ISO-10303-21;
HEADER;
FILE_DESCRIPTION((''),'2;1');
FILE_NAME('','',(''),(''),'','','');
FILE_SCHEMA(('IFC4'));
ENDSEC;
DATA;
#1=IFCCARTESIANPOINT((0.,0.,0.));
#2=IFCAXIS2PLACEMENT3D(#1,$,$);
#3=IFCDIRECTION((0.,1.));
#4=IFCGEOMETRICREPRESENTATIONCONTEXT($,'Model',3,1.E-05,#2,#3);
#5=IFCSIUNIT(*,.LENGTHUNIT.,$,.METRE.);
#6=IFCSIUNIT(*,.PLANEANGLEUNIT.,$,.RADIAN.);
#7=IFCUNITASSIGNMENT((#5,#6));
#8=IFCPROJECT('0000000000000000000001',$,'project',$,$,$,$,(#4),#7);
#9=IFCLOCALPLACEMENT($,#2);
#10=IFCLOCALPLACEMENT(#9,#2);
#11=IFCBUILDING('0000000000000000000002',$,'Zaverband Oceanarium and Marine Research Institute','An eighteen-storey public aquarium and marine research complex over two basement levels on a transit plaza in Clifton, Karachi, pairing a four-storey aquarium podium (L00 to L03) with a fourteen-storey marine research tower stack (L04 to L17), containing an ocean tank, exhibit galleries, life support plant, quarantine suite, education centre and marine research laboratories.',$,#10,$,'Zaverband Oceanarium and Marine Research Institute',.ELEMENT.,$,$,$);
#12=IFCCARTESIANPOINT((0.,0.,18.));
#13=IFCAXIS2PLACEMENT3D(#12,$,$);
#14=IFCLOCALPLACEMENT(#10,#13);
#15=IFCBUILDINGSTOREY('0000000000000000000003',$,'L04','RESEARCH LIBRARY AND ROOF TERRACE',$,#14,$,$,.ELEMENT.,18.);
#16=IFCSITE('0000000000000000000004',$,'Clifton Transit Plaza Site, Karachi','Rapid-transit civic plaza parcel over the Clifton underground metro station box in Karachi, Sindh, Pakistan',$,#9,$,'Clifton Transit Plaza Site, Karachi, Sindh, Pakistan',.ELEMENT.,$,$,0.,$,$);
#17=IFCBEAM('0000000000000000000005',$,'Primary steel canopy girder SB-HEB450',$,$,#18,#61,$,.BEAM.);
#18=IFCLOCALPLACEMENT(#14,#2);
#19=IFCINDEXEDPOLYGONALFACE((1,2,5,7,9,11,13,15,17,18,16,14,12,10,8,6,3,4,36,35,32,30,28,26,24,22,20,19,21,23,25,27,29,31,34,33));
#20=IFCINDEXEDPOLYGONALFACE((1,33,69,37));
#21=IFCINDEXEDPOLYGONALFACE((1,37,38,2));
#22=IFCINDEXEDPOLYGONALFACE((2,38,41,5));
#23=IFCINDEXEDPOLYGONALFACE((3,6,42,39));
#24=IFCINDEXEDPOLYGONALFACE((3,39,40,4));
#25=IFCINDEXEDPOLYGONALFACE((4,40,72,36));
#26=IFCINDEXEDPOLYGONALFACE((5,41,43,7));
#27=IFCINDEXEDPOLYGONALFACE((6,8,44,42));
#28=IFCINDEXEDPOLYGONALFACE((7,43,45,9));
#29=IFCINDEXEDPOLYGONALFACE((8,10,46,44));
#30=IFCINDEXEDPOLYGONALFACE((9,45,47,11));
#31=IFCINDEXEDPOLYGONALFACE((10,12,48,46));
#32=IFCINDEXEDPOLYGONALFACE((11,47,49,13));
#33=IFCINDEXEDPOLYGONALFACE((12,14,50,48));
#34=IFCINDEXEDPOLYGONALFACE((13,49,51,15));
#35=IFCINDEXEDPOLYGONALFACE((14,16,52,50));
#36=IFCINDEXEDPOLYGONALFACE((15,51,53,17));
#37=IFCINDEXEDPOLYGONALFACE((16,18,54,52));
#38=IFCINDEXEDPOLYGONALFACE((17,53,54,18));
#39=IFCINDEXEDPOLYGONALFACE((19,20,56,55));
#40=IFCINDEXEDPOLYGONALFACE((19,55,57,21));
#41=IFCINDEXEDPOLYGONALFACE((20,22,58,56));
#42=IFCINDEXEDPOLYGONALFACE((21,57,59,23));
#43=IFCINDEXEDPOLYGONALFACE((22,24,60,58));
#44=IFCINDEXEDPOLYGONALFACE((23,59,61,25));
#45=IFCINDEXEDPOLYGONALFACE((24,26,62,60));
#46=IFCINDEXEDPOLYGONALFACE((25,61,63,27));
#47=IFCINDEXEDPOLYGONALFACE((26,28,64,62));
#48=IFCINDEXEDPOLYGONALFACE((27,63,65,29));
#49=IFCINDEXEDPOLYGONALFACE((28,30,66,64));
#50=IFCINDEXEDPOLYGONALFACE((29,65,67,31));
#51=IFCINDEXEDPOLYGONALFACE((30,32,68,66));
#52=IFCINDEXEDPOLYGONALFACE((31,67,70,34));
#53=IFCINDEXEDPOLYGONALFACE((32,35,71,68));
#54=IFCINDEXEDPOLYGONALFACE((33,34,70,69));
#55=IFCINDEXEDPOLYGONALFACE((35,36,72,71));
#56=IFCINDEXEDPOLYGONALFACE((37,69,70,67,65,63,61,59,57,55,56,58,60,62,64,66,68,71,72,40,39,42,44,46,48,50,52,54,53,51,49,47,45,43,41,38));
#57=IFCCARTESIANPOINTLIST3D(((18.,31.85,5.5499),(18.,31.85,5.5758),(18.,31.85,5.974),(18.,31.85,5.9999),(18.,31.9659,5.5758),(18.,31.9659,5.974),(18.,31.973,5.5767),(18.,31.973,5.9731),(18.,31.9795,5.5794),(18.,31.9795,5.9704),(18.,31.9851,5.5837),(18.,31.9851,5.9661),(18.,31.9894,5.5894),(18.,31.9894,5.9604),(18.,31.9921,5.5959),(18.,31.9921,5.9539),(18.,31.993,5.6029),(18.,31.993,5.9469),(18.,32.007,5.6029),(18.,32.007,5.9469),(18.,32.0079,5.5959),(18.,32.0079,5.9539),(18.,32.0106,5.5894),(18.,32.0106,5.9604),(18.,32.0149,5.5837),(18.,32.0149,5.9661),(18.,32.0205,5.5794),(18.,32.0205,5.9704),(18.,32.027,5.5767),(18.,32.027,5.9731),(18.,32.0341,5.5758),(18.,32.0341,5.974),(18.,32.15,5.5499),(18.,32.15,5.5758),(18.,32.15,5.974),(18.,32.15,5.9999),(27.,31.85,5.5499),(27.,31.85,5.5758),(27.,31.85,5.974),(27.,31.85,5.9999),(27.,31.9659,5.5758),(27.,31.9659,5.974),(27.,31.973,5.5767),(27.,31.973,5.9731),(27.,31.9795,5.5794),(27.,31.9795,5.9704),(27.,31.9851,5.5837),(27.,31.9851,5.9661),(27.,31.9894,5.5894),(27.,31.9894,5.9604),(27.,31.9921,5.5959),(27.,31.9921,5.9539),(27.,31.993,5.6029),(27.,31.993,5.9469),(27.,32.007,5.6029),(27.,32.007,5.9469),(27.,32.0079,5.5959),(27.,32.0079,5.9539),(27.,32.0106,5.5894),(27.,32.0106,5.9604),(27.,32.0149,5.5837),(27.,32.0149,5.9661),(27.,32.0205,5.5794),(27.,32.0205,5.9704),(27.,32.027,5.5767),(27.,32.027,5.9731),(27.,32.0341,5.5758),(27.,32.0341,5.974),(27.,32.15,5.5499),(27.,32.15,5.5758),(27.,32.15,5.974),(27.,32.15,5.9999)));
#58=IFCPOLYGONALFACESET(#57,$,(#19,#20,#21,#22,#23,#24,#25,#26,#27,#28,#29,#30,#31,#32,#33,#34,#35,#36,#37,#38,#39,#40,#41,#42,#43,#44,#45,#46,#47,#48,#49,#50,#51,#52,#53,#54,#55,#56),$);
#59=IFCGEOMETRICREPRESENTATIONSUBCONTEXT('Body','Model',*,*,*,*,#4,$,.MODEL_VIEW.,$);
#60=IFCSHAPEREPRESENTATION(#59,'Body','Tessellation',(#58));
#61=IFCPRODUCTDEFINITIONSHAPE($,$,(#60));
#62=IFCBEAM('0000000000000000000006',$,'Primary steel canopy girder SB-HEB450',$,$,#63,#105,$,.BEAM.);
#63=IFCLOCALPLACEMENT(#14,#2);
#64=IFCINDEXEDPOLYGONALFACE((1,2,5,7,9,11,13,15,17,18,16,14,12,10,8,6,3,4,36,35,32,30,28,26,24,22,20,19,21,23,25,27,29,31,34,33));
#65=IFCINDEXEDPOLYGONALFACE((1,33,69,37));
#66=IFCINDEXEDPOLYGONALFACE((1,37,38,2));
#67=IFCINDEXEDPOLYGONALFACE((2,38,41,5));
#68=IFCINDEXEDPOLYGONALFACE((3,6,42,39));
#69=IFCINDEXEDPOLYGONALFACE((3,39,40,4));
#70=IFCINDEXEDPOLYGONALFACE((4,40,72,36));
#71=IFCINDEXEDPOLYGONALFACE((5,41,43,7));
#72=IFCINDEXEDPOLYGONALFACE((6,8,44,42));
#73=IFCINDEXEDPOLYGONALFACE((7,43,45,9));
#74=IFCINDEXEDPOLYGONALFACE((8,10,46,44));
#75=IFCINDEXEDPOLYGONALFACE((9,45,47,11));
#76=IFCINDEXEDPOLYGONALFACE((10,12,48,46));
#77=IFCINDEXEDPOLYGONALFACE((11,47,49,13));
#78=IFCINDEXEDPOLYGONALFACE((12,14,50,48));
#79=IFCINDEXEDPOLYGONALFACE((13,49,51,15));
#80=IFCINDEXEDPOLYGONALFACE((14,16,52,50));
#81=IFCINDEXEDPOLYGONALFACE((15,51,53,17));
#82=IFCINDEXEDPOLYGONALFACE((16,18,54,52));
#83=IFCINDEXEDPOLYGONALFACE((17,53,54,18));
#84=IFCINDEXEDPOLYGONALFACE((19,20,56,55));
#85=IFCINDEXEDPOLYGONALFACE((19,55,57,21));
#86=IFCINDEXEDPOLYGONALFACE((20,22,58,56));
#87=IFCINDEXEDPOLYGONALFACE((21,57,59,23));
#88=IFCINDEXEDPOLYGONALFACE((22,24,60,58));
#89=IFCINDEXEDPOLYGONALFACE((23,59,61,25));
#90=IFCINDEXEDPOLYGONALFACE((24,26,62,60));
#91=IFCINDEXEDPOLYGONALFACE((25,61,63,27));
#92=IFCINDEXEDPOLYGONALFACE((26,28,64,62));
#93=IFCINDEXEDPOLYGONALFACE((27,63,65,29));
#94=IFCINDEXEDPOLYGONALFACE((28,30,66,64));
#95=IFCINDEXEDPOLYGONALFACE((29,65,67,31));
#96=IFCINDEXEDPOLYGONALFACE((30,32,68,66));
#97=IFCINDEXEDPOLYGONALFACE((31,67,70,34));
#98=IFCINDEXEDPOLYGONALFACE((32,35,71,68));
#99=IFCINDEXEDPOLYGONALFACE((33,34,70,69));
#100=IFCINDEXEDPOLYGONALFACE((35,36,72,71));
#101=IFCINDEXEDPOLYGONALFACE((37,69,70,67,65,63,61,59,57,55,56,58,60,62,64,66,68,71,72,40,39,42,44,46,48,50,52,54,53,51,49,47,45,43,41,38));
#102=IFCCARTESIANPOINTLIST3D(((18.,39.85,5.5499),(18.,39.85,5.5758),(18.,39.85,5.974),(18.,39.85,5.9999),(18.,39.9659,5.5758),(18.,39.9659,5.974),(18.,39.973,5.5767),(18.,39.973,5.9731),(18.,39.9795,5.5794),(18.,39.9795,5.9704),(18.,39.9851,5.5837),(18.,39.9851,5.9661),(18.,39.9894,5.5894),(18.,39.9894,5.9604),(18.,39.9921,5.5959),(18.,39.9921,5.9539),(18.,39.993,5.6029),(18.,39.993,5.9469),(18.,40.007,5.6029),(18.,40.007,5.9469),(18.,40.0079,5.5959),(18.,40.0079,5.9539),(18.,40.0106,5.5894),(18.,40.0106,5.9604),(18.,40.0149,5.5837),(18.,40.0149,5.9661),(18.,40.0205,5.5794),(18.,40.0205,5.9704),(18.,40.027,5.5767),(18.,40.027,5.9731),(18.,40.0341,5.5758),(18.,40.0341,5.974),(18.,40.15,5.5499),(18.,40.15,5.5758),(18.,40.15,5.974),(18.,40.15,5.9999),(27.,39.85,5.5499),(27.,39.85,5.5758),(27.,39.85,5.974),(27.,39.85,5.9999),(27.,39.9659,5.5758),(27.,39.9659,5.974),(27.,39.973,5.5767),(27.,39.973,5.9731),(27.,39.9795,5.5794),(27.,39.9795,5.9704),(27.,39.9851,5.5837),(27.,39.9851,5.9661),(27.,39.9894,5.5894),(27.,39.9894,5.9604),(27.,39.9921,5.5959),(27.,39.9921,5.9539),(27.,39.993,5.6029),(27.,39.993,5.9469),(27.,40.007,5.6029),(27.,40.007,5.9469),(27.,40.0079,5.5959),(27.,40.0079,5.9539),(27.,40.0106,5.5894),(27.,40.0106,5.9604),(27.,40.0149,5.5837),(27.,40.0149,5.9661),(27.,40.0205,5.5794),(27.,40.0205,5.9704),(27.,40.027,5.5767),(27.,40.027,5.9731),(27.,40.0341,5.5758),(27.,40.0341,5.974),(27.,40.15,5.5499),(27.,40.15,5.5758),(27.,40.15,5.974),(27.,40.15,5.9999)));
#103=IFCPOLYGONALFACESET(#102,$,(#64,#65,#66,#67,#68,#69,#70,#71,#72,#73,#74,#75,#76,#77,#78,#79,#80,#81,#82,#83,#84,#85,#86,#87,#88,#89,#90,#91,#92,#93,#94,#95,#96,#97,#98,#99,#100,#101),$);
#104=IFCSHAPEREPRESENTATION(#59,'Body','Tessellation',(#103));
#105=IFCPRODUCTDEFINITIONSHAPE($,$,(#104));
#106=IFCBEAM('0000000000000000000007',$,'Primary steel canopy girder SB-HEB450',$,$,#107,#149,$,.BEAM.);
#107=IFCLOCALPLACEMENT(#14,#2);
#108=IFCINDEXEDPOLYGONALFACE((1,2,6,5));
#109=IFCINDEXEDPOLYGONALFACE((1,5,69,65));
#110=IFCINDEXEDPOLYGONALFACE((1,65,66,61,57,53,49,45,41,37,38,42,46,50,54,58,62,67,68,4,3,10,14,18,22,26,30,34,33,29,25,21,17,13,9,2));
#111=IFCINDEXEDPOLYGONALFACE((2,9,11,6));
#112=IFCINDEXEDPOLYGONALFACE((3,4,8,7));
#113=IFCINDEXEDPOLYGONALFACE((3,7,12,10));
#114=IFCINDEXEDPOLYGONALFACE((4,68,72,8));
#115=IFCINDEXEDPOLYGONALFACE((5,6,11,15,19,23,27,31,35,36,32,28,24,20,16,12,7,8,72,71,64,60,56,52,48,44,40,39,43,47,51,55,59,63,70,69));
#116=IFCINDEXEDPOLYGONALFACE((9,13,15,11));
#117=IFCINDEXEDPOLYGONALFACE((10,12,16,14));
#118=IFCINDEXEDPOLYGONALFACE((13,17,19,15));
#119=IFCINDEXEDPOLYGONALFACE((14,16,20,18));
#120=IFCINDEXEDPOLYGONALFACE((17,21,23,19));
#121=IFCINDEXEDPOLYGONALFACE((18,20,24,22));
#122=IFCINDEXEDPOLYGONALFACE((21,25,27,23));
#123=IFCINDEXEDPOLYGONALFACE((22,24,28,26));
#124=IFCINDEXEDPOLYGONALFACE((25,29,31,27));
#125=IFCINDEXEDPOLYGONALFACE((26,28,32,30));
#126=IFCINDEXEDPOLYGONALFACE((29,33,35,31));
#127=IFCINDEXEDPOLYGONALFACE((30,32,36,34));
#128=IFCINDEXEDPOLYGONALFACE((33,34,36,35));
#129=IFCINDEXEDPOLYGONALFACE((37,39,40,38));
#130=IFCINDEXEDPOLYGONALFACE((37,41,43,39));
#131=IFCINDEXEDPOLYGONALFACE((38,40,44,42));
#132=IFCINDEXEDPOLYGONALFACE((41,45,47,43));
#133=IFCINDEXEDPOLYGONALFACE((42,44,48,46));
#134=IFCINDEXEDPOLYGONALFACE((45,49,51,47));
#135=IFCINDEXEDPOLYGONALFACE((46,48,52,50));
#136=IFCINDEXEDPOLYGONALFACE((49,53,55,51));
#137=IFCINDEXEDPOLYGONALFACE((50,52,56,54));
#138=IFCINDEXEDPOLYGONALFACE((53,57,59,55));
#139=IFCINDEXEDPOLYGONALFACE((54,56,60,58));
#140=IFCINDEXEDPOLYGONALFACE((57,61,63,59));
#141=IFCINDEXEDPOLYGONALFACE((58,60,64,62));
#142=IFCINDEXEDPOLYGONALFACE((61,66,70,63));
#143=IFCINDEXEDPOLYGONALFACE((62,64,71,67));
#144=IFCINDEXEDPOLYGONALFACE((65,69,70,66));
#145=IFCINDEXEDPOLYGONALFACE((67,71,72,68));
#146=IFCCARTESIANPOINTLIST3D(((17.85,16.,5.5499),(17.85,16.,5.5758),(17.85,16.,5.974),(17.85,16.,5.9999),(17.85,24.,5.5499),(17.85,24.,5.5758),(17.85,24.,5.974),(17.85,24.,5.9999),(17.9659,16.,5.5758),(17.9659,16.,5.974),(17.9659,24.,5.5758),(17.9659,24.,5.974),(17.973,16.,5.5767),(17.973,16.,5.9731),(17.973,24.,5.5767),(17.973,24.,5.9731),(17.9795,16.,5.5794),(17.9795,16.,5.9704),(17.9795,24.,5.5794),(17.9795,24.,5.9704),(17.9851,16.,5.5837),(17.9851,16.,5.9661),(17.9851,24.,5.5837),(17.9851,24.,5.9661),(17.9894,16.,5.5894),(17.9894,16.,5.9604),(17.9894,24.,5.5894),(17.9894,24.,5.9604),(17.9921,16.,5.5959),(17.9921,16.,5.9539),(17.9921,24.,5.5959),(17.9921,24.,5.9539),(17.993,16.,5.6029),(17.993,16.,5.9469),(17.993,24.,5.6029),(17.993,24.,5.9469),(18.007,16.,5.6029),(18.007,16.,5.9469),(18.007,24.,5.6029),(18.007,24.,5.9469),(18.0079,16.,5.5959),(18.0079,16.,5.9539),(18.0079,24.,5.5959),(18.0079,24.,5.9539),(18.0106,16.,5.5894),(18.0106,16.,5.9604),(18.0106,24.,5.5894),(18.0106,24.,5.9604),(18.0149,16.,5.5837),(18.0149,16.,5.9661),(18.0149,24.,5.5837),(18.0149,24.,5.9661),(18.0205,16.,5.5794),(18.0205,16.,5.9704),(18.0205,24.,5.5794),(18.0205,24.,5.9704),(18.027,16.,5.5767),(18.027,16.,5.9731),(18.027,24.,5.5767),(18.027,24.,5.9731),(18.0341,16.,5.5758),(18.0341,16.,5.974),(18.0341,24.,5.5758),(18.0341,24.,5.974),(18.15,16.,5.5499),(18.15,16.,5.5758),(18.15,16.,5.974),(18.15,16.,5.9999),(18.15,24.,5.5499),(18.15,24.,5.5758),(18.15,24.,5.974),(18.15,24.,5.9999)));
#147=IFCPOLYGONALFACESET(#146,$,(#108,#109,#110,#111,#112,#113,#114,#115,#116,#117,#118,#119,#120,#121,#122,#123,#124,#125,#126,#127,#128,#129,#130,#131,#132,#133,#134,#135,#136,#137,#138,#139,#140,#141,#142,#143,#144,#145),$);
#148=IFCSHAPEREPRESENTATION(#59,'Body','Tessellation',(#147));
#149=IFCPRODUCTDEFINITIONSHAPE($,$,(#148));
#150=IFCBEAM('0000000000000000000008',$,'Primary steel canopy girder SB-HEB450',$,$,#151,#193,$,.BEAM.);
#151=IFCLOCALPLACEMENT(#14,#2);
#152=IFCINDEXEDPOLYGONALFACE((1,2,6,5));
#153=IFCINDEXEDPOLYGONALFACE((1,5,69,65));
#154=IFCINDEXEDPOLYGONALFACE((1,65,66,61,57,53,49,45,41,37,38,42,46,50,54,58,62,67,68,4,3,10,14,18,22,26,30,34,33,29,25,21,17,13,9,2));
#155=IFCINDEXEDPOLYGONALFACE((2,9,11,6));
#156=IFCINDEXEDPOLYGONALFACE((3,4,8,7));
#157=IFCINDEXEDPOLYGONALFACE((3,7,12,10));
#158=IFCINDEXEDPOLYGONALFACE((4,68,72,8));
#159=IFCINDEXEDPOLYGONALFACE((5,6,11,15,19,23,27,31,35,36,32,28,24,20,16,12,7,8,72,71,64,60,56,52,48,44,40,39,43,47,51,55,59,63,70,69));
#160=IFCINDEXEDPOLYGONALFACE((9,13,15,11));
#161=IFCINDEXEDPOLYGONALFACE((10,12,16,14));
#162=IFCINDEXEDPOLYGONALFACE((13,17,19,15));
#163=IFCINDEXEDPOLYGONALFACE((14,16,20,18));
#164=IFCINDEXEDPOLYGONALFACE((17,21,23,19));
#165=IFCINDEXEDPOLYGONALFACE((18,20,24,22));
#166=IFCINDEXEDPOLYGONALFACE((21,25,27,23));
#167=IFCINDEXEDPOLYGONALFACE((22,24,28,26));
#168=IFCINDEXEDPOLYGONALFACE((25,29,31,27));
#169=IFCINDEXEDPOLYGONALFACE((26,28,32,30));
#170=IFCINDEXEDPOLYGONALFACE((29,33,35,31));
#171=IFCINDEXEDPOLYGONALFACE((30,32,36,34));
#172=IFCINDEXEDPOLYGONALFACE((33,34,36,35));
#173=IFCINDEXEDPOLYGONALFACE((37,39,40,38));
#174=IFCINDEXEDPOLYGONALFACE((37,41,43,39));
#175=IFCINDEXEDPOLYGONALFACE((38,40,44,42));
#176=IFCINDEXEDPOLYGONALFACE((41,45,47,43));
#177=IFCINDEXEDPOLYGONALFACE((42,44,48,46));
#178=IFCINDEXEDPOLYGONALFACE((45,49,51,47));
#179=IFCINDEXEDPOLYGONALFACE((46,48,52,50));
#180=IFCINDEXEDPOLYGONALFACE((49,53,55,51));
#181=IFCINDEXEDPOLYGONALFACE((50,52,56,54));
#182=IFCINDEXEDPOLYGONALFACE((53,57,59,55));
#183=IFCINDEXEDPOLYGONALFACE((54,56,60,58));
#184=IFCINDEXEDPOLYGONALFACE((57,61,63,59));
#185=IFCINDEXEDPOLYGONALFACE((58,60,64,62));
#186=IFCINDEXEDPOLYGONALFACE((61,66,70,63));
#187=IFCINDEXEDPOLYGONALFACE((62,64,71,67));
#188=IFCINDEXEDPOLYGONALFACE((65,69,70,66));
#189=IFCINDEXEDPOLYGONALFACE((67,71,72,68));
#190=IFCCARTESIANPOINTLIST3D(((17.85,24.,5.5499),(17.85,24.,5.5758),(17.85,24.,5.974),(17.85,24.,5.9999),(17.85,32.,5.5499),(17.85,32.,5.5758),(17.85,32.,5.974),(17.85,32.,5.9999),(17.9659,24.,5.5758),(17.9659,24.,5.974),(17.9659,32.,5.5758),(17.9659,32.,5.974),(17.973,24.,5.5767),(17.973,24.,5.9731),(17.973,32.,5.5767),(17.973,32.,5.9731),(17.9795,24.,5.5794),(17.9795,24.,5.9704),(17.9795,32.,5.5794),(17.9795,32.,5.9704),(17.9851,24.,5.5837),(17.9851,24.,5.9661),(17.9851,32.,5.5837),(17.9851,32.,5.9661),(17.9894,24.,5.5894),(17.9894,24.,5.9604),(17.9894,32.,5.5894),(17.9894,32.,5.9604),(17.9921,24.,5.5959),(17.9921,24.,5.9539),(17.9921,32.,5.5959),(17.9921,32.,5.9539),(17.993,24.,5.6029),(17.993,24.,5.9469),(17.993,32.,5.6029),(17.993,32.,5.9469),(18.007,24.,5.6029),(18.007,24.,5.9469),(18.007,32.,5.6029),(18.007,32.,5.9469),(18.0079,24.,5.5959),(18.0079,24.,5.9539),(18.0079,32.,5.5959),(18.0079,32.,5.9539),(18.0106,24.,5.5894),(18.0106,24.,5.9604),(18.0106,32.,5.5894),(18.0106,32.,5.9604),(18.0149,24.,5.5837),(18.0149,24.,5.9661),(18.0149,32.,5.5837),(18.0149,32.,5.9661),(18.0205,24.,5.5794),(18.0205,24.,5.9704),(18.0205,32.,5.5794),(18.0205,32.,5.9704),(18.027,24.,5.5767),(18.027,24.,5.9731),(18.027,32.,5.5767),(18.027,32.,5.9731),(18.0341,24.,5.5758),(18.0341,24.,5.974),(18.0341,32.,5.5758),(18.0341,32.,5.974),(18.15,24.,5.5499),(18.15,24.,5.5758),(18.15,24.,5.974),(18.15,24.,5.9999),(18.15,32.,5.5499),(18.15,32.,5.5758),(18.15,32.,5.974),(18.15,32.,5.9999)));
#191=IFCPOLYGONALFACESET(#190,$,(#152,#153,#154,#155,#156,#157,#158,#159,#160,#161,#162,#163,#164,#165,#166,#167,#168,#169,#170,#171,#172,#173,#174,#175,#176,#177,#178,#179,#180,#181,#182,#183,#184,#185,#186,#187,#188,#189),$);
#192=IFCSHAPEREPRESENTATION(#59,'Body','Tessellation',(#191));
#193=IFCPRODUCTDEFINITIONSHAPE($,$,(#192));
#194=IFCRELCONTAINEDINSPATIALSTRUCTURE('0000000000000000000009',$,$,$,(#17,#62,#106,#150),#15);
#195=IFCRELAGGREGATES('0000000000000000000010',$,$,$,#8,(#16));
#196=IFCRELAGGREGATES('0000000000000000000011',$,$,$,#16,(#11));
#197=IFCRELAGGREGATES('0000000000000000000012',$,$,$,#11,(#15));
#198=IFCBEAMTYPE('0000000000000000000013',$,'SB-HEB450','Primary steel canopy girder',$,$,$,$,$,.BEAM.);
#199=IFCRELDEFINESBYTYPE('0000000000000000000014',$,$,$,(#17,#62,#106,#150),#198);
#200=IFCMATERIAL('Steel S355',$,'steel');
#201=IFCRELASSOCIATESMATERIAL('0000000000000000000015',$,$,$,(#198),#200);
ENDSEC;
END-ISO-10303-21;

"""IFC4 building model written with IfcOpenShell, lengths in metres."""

from ifc_helpers import new_model, si_unit, direction, frame, origin, origin_2d, place, context, subcontext, project, spatial, i_section, extrude, material, material_profile, profile_set, type_object, element, save


model = new_model("IFC4")

# Units and contexts
model_context = context("Model", 3, precision=1e-05, world=origin(), true_north=direction((0.0, 1.0)))
body_context = subcontext(model_context, "Body", "Model", "MODEL_VIEW")
ifc_project = project(units=[si_unit("LENGTHUNIT", "METRE"), si_unit("PLANEANGLEUNIT", "RADIAN")], contexts=[model_context])

# Site, building, storey
site_placement = place(None, origin())
site = spatial("IfcSite", under=ifc_project, at=site_placement, Name="Clifton Transit Plaza Site, Karachi", Description="Rapid-transit civic plaza parcel over the Clifton underground metro station box in Karachi, Sindh, Pakistan", LongName="Clifton Transit Plaza Site, Karachi, Sindh, Pakistan", CompositionType="ELEMENT", RefElevation=0.0)
building_placement = place(site_placement, origin())
building = spatial("IfcBuilding", under=site, at=building_placement, Name="Zaverband Oceanarium and Marine Research Institute", Description="An eighteen-storey public aquarium and marine research complex over two basement levels on a transit plaza in Clifton, Karachi, pairing a four-storey aquarium podium (L00 to L03) with a fourteen-storey marine research tower stack (L04 to L17), containing an ocean tank, exhibit galleries, life support plant, quarantine suite, education centre and marine research laboratories.", LongName="Zaverband Oceanarium and Marine Research Institute", CompositionType="ELEMENT")
storey_placement = place(building_placement, frame((0.0, 0.0, 18.0)))
storey = spatial("IfcBuildingStorey", under=building, at=storey_placement, Name="L04", Description="RESEARCH LIBRARY AND ROOF TERRACE", CompositionType="ELEMENT", Elevation=18.0)

# Beams
ifc_material_1 = material(Name="Steel S355", Category="steel")
ifc_material_profile_1 = material_profile(ifc_material_1, i_section(OverallWidth=0.3, OverallDepth=0.45, WebThickness=0.0139, FlangeThickness=0.0259, FilletRadius=0.0271, at=origin_2d()), Name="HEB450")
ifc_profile_set_1 = profile_set([ifc_material_profile_1], Name="Steel S355")
beam_type = type_object("IfcBeamType", Name="SB-HEB450", Description="Primary steel canopy girder", PredefinedType="BEAM", material=ifc_profile_set_1)
for number, where, z_axis, x_axis, name in (
    (1, (18.0, 32.0, 5.7749), (1.0, 0.0, 0.0), (0.0, 1.0, 0.0), "Primary steel canopy girder SB-HEB450"),
    (2, (18.0, 40.0, 5.7749), (1.0, 0.0, 0.0), (0.0, 1.0, 0.0), "Primary steel canopy girder SB-HEB450"),
):
    element("IfcBeam", number, at=place(storey_placement, frame(where, z_axis=z_axis, x_axis=x_axis)), inside=storey, type_object=beam_type, Name=name, PredefinedType="BEAM", context=body_context, shape_type="SweptSolid", body=[
        extrude(i_section(OverallWidth=0.3, OverallDepth=0.45, WebThickness=0.0139, FlangeThickness=0.0259, FilletRadius=0.0271, at=origin_2d()), origin(), (0.0, 0.0, 1.0), 9.0),
    ])
for number, where, z_axis, x_axis, name in (
    (3, (18.0, 16.0, 5.7749), (0.0, 1.0, 0.0), (-1.0, 0.0, 0.0), "Primary steel canopy girder SB-HEB450"),
    (4, (18.0, 24.0, 5.7749), (0.0, 1.0, 0.0), (-1.0, 0.0, 0.0), "Primary steel canopy girder SB-HEB450"),
):
    element("IfcBeam", number, at=place(storey_placement, frame(where, z_axis=z_axis, x_axis=x_axis)), inside=storey, type_object=beam_type, Name=name, PredefinedType="BEAM", context=body_context, shape_type="SweptSolid", body=[
        extrude(i_section(OverallWidth=0.3, OverallDepth=0.45, WebThickness=0.0139, FlangeThickness=0.0259, FilletRadius=0.0271, at=origin_2d()), origin(), (0.0, 0.0, 1.0), 8.0),
    ])

save(model, "model.ifc")
